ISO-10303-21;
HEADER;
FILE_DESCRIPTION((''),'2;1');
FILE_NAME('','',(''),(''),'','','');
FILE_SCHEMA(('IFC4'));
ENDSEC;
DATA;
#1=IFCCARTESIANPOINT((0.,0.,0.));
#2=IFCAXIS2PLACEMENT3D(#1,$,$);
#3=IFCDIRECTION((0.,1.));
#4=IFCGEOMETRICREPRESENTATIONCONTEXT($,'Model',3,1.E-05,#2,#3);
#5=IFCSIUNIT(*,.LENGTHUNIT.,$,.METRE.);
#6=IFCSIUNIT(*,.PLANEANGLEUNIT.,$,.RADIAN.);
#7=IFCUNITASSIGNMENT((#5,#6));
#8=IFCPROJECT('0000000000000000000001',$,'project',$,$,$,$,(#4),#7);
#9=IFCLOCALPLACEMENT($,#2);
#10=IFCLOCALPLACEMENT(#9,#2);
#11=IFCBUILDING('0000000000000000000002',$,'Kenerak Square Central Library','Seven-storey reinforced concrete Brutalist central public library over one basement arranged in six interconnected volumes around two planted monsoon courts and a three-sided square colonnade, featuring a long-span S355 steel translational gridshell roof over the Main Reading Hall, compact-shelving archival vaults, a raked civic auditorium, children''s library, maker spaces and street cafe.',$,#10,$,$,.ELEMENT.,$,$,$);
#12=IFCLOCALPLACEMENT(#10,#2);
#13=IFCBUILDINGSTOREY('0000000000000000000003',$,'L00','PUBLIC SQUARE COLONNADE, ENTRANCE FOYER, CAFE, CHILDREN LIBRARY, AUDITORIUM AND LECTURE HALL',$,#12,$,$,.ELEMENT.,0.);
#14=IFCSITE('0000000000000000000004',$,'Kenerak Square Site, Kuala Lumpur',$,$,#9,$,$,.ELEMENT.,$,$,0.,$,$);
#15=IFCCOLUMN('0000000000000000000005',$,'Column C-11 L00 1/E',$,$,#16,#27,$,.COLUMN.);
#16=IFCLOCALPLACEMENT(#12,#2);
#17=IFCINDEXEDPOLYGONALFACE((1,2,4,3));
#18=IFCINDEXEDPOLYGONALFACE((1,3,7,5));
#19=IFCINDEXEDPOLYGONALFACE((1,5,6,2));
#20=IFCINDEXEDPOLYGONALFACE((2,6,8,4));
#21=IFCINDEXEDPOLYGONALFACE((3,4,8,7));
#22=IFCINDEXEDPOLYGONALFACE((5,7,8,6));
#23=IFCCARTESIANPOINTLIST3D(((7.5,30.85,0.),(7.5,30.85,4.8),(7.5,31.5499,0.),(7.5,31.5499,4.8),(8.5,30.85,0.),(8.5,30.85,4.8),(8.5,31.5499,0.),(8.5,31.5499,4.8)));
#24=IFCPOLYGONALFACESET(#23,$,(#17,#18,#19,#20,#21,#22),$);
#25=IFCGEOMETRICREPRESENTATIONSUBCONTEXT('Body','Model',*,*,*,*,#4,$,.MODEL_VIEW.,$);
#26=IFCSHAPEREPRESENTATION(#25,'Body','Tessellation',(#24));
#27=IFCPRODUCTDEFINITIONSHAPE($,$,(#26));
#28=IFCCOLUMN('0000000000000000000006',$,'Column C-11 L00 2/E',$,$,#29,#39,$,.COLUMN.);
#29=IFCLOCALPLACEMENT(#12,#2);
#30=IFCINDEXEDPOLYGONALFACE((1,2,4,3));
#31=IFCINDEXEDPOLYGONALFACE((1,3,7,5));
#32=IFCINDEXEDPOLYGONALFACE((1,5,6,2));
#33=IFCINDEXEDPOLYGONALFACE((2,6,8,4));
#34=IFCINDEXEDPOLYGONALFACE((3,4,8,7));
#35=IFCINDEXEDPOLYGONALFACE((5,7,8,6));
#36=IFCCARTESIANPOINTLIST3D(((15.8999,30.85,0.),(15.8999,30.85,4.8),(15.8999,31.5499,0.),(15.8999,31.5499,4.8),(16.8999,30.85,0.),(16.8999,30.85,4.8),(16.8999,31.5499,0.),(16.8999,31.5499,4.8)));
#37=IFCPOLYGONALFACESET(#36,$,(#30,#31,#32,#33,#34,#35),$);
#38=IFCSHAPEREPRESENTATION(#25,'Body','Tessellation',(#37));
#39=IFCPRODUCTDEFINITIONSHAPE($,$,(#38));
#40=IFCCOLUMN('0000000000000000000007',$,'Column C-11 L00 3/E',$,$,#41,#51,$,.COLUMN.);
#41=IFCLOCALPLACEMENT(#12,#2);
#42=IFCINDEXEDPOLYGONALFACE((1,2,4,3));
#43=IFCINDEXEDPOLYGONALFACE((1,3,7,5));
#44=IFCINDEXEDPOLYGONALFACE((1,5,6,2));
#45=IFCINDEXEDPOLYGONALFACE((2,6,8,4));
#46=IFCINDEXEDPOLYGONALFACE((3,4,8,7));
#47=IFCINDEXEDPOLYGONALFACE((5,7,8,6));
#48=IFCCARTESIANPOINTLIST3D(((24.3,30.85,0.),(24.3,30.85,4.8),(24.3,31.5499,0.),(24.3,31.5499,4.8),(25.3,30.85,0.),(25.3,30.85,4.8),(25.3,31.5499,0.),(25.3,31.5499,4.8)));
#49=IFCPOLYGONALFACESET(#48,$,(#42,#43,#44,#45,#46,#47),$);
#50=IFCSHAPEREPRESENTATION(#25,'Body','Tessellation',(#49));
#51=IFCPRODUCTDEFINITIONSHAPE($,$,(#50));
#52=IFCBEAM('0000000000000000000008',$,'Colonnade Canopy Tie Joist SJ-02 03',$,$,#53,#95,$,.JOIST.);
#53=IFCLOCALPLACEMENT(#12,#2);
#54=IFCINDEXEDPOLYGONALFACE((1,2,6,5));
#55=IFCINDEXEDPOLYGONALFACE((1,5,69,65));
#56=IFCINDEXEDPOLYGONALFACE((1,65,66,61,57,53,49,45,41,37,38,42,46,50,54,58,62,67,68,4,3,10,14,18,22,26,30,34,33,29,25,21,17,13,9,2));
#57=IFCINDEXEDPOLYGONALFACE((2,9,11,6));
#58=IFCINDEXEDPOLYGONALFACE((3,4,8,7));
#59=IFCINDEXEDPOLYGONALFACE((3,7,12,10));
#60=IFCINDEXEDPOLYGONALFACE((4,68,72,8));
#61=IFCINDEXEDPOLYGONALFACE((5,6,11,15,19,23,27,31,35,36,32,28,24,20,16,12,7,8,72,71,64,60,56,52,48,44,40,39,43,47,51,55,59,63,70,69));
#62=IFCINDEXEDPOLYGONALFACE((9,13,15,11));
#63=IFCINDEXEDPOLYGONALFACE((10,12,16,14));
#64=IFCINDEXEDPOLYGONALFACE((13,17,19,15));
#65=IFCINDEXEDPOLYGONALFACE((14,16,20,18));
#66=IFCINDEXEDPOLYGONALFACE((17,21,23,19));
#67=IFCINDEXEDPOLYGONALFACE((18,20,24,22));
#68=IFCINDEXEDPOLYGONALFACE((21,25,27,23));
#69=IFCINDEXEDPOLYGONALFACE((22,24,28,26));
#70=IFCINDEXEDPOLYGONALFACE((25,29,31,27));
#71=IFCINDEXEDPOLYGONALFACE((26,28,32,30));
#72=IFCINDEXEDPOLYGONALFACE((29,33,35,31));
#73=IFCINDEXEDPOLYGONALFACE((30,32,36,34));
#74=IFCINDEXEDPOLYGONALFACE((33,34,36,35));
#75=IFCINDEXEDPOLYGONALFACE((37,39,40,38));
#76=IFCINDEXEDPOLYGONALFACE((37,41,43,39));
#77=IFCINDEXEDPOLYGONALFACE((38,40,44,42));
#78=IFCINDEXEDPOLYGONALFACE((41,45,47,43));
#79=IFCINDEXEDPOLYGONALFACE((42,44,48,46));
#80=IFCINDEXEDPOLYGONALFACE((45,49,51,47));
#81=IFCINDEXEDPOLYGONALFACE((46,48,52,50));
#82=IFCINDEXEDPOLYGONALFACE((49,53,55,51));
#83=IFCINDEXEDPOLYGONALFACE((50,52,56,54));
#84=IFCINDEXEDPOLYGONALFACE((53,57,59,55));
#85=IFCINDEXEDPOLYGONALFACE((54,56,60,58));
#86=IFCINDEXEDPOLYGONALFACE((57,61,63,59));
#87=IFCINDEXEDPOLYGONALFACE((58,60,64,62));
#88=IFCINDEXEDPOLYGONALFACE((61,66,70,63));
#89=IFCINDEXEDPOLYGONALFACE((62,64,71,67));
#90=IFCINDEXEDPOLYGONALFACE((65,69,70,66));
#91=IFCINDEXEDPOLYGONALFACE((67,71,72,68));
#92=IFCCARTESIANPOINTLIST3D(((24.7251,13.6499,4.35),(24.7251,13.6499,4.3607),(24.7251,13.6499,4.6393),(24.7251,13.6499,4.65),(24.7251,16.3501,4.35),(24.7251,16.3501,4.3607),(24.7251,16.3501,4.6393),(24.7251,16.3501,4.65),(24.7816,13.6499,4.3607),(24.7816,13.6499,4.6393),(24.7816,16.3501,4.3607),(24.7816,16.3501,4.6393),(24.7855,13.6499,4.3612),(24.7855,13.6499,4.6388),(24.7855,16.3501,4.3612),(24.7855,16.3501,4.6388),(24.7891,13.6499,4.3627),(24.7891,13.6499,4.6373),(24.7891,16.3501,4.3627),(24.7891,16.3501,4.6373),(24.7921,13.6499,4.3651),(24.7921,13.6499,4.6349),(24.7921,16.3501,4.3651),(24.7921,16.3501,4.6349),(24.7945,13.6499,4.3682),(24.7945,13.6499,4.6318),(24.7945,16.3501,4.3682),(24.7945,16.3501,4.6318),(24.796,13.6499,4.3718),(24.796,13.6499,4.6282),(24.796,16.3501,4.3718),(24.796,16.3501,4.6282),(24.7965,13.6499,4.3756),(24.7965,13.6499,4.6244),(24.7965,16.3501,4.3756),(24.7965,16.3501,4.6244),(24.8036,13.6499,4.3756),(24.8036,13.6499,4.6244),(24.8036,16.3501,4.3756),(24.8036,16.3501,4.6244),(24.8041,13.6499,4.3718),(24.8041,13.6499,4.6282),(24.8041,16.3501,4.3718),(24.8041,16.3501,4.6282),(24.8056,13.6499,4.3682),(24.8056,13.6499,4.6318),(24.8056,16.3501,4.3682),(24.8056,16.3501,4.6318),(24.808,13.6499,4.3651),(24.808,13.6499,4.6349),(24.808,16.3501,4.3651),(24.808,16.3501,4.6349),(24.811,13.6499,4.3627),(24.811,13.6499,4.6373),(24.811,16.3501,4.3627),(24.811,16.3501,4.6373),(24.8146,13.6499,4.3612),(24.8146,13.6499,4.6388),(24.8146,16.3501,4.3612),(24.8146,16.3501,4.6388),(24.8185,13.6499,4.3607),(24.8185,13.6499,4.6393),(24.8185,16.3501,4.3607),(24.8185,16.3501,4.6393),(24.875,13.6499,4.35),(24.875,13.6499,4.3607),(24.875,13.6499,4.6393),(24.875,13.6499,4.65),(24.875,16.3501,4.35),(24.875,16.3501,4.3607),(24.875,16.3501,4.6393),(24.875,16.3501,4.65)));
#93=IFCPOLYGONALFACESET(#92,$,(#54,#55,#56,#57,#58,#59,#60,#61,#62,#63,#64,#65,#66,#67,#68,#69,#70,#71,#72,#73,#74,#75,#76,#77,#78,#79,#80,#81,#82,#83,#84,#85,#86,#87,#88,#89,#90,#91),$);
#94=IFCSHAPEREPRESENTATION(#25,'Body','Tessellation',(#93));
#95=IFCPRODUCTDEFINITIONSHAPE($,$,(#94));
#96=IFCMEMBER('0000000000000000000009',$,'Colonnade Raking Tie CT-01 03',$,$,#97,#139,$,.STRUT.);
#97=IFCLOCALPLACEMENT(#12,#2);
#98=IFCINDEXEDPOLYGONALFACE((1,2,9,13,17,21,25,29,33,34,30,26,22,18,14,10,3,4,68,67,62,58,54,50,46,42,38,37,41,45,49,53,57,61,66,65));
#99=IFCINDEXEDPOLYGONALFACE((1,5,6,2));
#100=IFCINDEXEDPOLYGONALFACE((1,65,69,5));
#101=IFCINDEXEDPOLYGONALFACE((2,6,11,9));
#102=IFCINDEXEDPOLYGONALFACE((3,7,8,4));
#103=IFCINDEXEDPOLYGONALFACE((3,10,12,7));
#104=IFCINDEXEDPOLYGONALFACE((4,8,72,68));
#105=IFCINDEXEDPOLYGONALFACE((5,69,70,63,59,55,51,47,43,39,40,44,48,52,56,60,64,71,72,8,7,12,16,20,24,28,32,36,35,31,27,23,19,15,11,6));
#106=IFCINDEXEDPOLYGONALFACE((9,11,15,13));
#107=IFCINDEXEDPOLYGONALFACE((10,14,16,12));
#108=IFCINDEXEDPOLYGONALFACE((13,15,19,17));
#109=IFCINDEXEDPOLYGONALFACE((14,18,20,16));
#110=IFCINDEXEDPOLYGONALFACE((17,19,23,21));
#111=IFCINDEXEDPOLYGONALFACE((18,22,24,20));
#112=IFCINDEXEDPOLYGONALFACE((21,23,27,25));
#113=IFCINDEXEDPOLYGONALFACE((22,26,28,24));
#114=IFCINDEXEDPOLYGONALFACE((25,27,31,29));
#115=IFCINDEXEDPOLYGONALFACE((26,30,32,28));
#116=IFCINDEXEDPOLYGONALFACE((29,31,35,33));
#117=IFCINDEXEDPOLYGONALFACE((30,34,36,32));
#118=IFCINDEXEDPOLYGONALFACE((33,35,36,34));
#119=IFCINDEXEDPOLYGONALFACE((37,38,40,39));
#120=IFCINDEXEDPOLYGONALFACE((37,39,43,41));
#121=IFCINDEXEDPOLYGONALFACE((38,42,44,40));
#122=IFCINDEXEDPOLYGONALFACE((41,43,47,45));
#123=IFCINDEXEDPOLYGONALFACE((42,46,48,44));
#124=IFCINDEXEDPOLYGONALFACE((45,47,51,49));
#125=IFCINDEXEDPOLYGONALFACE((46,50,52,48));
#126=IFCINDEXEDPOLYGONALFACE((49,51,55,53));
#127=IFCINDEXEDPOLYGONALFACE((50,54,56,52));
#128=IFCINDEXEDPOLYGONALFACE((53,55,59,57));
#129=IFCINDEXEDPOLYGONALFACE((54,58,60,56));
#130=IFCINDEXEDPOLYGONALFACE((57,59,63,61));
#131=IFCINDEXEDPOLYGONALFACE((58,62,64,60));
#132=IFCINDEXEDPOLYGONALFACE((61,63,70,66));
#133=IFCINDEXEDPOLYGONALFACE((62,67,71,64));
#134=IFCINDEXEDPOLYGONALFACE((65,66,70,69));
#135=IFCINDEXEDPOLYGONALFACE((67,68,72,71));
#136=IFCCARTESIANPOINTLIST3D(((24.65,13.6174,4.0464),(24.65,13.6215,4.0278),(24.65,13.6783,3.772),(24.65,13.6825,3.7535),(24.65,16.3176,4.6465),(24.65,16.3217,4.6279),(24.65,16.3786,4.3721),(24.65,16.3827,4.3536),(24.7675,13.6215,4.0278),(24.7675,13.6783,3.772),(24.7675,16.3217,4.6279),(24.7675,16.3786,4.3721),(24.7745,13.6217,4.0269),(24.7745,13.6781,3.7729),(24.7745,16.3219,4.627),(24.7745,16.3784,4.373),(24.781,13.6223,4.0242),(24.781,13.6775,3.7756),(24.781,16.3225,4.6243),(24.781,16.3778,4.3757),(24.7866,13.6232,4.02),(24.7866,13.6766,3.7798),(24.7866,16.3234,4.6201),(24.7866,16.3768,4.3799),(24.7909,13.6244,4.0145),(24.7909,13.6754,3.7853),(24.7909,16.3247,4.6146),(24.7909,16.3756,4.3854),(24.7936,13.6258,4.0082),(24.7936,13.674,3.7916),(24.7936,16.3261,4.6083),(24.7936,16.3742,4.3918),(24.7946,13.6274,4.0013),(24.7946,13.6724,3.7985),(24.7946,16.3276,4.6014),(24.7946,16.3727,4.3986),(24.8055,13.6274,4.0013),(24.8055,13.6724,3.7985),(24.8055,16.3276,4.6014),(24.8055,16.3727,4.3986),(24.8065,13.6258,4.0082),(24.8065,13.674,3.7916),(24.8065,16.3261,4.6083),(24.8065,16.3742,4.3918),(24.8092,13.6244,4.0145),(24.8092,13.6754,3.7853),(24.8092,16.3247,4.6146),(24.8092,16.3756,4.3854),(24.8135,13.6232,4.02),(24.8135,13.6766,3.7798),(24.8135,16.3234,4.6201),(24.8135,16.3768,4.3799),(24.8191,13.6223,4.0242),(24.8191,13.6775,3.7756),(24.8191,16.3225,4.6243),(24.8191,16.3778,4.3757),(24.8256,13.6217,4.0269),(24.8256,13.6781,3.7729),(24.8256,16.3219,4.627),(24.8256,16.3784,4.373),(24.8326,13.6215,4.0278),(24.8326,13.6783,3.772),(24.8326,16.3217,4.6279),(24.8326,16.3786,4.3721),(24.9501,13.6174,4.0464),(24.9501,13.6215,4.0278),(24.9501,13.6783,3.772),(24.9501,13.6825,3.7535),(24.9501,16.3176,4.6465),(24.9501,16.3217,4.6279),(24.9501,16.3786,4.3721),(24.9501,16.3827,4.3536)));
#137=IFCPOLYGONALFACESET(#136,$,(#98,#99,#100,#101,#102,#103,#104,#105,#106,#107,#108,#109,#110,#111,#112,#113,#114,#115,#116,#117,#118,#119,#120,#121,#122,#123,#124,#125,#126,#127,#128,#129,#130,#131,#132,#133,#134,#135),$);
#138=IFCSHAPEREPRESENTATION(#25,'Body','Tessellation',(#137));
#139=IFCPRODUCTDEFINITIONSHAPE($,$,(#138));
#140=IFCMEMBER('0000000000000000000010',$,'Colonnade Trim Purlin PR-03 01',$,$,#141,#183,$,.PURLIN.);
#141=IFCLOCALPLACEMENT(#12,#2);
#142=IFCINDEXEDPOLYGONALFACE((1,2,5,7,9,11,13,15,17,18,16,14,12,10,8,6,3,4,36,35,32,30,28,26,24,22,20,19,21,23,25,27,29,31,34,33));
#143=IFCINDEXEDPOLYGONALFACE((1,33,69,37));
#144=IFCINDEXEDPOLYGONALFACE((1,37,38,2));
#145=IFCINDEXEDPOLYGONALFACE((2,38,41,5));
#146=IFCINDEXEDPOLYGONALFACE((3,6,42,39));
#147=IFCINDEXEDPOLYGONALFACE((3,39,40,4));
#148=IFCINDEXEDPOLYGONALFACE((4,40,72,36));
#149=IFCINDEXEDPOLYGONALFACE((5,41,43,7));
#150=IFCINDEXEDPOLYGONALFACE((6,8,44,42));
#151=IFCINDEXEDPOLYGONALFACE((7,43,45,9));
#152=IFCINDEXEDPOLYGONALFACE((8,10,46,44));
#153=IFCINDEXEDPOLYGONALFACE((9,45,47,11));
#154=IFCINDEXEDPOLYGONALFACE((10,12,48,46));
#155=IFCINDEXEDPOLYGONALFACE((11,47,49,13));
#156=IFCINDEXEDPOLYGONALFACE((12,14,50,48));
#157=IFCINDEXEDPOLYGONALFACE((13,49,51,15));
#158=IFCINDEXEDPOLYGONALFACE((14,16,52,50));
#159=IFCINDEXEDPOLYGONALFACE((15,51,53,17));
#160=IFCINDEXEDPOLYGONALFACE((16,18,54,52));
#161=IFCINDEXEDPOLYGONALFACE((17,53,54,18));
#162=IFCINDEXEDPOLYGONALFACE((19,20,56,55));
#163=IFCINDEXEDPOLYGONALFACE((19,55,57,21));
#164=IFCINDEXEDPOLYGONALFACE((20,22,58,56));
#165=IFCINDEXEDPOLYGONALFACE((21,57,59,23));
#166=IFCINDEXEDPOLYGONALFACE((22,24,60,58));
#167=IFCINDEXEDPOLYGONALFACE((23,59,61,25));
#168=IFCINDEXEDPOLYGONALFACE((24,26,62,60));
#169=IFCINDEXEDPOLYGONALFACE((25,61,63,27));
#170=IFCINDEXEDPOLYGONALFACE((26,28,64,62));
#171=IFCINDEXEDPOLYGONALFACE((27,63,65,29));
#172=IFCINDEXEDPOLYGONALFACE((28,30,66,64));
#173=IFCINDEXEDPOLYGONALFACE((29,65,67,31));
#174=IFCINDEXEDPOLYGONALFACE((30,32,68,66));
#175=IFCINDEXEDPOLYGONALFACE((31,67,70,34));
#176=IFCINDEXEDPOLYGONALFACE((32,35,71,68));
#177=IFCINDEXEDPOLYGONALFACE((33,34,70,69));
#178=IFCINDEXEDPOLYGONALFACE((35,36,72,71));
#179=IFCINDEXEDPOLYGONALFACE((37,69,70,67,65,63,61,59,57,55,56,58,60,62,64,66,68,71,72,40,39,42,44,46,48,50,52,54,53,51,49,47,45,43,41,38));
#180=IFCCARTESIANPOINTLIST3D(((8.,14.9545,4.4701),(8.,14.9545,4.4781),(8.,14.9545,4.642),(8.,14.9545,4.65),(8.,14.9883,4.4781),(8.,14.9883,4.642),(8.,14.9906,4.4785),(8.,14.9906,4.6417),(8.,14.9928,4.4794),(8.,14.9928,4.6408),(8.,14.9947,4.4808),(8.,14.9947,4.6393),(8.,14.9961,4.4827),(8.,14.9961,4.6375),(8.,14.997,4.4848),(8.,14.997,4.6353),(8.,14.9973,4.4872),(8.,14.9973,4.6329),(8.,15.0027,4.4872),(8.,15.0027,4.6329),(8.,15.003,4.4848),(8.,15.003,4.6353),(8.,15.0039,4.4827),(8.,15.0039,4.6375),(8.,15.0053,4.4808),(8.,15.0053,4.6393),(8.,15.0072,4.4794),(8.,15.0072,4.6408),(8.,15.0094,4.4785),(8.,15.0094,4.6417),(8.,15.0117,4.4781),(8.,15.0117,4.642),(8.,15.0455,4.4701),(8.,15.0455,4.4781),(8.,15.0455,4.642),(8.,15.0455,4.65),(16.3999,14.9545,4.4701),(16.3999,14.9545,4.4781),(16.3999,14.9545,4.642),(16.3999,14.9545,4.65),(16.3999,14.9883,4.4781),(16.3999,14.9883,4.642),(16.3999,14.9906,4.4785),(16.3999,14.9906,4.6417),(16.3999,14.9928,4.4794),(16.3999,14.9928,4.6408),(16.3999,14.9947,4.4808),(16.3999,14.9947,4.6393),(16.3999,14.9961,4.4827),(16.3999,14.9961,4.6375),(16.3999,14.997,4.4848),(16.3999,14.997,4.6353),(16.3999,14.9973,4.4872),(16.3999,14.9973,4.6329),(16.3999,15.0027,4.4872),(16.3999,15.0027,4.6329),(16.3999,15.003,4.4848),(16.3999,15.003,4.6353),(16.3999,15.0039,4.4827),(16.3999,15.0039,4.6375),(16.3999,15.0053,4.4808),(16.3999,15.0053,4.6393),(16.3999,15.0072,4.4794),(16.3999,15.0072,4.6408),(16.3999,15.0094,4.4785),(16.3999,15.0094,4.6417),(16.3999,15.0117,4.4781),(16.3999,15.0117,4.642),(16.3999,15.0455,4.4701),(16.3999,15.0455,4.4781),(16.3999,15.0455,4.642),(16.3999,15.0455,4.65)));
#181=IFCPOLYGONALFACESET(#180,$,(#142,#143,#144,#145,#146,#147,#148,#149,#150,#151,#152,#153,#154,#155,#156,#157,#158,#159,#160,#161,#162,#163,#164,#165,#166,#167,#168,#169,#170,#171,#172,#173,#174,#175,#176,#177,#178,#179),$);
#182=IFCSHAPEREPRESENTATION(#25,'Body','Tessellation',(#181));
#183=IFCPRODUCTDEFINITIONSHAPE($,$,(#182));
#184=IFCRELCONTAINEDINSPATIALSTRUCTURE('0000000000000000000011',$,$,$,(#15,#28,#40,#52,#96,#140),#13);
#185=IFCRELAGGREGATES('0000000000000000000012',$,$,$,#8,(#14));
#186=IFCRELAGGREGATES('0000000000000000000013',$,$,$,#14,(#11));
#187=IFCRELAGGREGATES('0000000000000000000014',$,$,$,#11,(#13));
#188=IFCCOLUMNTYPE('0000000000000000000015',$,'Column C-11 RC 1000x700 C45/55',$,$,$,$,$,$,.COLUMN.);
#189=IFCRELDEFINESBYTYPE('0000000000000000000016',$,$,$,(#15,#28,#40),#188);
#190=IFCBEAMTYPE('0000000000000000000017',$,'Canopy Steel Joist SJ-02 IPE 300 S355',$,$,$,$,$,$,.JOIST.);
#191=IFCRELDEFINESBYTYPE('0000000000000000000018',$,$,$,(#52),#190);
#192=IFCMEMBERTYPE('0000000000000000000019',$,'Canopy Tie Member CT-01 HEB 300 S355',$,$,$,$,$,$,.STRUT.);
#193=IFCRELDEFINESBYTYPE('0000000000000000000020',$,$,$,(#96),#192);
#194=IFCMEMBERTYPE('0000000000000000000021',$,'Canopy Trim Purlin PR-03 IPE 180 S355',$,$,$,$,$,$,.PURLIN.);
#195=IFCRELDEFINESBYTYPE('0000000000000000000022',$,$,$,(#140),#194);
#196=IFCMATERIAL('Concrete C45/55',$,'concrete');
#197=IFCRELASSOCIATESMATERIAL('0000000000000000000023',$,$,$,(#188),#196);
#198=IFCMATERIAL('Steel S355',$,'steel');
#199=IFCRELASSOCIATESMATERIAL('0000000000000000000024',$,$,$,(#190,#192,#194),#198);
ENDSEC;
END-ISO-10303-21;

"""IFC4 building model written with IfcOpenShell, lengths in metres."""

from ifc_helpers import new_model, si_unit, direction, frame, origin, origin_2d, place, context, subcontext, project, spatial, rectangle, i_section, extrude, material, material_profile, profile_set, type_object, element, save


model = new_model("IFC4")

# Units and contexts
model_context = context("Model", 3, precision=1e-05, world=origin(), true_north=direction((0.0, 1.0)))
body_context = subcontext(model_context, "Body", "Model", "MODEL_VIEW")
ifc_project = project(units=[si_unit("LENGTHUNIT", "METRE"), si_unit("PLANEANGLEUNIT", "RADIAN")], contexts=[model_context])

# Site, building, storey
site_placement = place(None, origin())
site = spatial("IfcSite", under=ifc_project, at=site_placement, Name="Kenerak Square Site, Kuala Lumpur", CompositionType="ELEMENT", RefElevation=0.0)
building_placement = place(site_placement, origin())
building = spatial("IfcBuilding", under=site, at=building_placement, Name="Kenerak Square Central Library", Description="Seven-storey reinforced concrete Brutalist central public library over one basement arranged in six interconnected volumes around two planted monsoon courts and a three-sided square colonnade, featuring a long-span S355 steel translational gridshell roof over the Main Reading Hall, compact-shelving archival vaults, a raked civic auditorium, children's library, maker spaces and street cafe.", CompositionType="ELEMENT")
storey_placement = place(building_placement, origin())
storey = spatial("IfcBuildingStorey", under=building, at=storey_placement, Name="L00", Description="PUBLIC SQUARE COLONNADE, ENTRANCE FOYER, CAFE, CHILDREN LIBRARY, AUDITORIUM AND LECTURE HALL", CompositionType="ELEMENT", Elevation=0.0)

# Columns
ifc_material_1 = material(Name="Concrete C45/55", Category="concrete")
ifc_material_profile_1 = material_profile(ifc_material_1, rectangle(XDim=1.0, YDim=0.7, at=origin_2d()), Name="RC 1000x700")
ifc_profile_set_1 = profile_set([ifc_material_profile_1], Name="Concrete C45/55")
column_type = type_object("IfcColumnType", Name="Column C-11 RC 1000x700 C45/55", PredefinedType="COLUMN", material=ifc_profile_set_1)
for number, where, z_axis, x_axis, name in (
    (1, (8.0, 31.2, 0.0), (0.0, 0.0, 1.0), (1.0, 0.0, 0.0), "Column C-11 L00 1/E"),
    (2, (16.3999, 31.2, 0.0), (0.0, 0.0, 1.0), (1.0, 0.0, 0.0), "Column C-11 L00 2/E"),
    (3, (24.8, 31.2, 0.0), (0.0, 0.0, 1.0), (1.0, 0.0, 0.0), "Column C-11 L00 3/E"),
):
    element("IfcColumn", number, at=place(storey_placement, frame(where, z_axis=z_axis, x_axis=x_axis)), inside=storey, type_object=column_type, Name=name, PredefinedType="COLUMN", context=body_context, shape_type="SweptSolid", body=[
        extrude(rectangle(XDim=1.0, YDim=0.7, at=origin_2d()), origin(), (0.0, 0.0, 1.0), 4.8),
    ])

# Beam
ifc_material_2 = material(Name="Steel S355", Category="steel")
ifc_material_profile_2 = material_profile(ifc_material_2, i_section(OverallWidth=0.1499, OverallDepth=0.3, WebThickness=0.0071, FlangeThickness=0.0107, FilletRadius=0.0149, at=origin_2d()), Name="IPE 300")
ifc_profile_set_2 = profile_set([ifc_material_profile_2], Name="Steel S355")
beam_type_1 = type_object("IfcBeamType", Name="Canopy Steel Joist SJ-02 IPE 300 S355", PredefinedType="JOIST", material=ifc_profile_set_2)
beam_1_placement = place(storey_placement, frame((24.8, 13.6499, 4.5), z_axis=(0.0, 1.0, 0.0), x_axis=(-1.0, 0.0, 0.0)))
element("IfcBeam", 4, at=beam_1_placement, inside=storey, type_object=beam_type_1, Name="Colonnade Canopy Tie Joist SJ-02 03", PredefinedType="JOIST", context=body_context, shape_type="SweptSolid", body=[
    extrude(i_section(OverallWidth=0.1499, OverallDepth=0.3, WebThickness=0.0071, FlangeThickness=0.0107, FilletRadius=0.0149, at=origin_2d()), origin(), (0.0, 0.0, 1.0), 2.7002),
])

# Members
ifc_material_profile_3 = material_profile(ifc_material_2, i_section(OverallWidth=0.3, OverallDepth=0.3, WebThickness=0.011, FlangeThickness=0.019, FilletRadius=0.0271, at=origin_2d()), Name="HEB 300")
ifc_profile_set_3 = profile_set([ifc_material_profile_3], Name="Steel S355")
member_type_1 = type_object("IfcMemberType", Name="Canopy Tie Member CT-01 HEB 300 S355", PredefinedType="STRUT", material=ifc_profile_set_3)
member_1_placement = place(storey_placement, frame((24.8, 13.6499, 3.8999), z_axis=(0.0, 0.976183, 0.216949), x_axis=(-1.0, 0.0, 0.0)))
element("IfcMember", 5, at=member_1_placement, inside=storey, type_object=member_type_1, Name="Colonnade Raking Tie CT-01 03", PredefinedType="STRUT", context=body_context, shape_type="SweptSolid", body=[
    extrude(i_section(OverallWidth=0.3, OverallDepth=0.3, WebThickness=0.011, FlangeThickness=0.019, FilletRadius=0.0271, at=origin_2d()), origin(), (0.0, 0.0, 1.0), 2.7661),
])
ifc_material_profile_4 = material_profile(ifc_material_2, i_section(OverallWidth=0.0911, OverallDepth=0.1799, WebThickness=0.0054, FlangeThickness=0.0081, FilletRadius=0.009, at=origin_2d()), Name="IPE 180")
ifc_profile_set_4 = profile_set([ifc_material_profile_4], Name="Steel S355")
member_type_2 = type_object("IfcMemberType", Name="Canopy Trim Purlin PR-03 IPE 180 S355", PredefinedType="PURLIN", material=ifc_profile_set_4)
member_2_placement = place(storey_placement, frame((8.0, 15.0, 4.5601), z_axis=(1.0, 0.0, 0.0), x_axis=(0.0, 1.0, 0.0)))
element("IfcMember", 6, at=member_2_placement, inside=storey, type_object=member_type_2, Name="Colonnade Trim Purlin PR-03 01", PredefinedType="PURLIN", context=body_context, shape_type="SweptSolid", body=[
    extrude(i_section(OverallWidth=0.0911, OverallDepth=0.1799, WebThickness=0.0054, FlangeThickness=0.0081, FilletRadius=0.009, at=origin_2d()), origin(), (0.0, 0.0, 1.0), 8.3999),
])

save(model, "model.ifc")
